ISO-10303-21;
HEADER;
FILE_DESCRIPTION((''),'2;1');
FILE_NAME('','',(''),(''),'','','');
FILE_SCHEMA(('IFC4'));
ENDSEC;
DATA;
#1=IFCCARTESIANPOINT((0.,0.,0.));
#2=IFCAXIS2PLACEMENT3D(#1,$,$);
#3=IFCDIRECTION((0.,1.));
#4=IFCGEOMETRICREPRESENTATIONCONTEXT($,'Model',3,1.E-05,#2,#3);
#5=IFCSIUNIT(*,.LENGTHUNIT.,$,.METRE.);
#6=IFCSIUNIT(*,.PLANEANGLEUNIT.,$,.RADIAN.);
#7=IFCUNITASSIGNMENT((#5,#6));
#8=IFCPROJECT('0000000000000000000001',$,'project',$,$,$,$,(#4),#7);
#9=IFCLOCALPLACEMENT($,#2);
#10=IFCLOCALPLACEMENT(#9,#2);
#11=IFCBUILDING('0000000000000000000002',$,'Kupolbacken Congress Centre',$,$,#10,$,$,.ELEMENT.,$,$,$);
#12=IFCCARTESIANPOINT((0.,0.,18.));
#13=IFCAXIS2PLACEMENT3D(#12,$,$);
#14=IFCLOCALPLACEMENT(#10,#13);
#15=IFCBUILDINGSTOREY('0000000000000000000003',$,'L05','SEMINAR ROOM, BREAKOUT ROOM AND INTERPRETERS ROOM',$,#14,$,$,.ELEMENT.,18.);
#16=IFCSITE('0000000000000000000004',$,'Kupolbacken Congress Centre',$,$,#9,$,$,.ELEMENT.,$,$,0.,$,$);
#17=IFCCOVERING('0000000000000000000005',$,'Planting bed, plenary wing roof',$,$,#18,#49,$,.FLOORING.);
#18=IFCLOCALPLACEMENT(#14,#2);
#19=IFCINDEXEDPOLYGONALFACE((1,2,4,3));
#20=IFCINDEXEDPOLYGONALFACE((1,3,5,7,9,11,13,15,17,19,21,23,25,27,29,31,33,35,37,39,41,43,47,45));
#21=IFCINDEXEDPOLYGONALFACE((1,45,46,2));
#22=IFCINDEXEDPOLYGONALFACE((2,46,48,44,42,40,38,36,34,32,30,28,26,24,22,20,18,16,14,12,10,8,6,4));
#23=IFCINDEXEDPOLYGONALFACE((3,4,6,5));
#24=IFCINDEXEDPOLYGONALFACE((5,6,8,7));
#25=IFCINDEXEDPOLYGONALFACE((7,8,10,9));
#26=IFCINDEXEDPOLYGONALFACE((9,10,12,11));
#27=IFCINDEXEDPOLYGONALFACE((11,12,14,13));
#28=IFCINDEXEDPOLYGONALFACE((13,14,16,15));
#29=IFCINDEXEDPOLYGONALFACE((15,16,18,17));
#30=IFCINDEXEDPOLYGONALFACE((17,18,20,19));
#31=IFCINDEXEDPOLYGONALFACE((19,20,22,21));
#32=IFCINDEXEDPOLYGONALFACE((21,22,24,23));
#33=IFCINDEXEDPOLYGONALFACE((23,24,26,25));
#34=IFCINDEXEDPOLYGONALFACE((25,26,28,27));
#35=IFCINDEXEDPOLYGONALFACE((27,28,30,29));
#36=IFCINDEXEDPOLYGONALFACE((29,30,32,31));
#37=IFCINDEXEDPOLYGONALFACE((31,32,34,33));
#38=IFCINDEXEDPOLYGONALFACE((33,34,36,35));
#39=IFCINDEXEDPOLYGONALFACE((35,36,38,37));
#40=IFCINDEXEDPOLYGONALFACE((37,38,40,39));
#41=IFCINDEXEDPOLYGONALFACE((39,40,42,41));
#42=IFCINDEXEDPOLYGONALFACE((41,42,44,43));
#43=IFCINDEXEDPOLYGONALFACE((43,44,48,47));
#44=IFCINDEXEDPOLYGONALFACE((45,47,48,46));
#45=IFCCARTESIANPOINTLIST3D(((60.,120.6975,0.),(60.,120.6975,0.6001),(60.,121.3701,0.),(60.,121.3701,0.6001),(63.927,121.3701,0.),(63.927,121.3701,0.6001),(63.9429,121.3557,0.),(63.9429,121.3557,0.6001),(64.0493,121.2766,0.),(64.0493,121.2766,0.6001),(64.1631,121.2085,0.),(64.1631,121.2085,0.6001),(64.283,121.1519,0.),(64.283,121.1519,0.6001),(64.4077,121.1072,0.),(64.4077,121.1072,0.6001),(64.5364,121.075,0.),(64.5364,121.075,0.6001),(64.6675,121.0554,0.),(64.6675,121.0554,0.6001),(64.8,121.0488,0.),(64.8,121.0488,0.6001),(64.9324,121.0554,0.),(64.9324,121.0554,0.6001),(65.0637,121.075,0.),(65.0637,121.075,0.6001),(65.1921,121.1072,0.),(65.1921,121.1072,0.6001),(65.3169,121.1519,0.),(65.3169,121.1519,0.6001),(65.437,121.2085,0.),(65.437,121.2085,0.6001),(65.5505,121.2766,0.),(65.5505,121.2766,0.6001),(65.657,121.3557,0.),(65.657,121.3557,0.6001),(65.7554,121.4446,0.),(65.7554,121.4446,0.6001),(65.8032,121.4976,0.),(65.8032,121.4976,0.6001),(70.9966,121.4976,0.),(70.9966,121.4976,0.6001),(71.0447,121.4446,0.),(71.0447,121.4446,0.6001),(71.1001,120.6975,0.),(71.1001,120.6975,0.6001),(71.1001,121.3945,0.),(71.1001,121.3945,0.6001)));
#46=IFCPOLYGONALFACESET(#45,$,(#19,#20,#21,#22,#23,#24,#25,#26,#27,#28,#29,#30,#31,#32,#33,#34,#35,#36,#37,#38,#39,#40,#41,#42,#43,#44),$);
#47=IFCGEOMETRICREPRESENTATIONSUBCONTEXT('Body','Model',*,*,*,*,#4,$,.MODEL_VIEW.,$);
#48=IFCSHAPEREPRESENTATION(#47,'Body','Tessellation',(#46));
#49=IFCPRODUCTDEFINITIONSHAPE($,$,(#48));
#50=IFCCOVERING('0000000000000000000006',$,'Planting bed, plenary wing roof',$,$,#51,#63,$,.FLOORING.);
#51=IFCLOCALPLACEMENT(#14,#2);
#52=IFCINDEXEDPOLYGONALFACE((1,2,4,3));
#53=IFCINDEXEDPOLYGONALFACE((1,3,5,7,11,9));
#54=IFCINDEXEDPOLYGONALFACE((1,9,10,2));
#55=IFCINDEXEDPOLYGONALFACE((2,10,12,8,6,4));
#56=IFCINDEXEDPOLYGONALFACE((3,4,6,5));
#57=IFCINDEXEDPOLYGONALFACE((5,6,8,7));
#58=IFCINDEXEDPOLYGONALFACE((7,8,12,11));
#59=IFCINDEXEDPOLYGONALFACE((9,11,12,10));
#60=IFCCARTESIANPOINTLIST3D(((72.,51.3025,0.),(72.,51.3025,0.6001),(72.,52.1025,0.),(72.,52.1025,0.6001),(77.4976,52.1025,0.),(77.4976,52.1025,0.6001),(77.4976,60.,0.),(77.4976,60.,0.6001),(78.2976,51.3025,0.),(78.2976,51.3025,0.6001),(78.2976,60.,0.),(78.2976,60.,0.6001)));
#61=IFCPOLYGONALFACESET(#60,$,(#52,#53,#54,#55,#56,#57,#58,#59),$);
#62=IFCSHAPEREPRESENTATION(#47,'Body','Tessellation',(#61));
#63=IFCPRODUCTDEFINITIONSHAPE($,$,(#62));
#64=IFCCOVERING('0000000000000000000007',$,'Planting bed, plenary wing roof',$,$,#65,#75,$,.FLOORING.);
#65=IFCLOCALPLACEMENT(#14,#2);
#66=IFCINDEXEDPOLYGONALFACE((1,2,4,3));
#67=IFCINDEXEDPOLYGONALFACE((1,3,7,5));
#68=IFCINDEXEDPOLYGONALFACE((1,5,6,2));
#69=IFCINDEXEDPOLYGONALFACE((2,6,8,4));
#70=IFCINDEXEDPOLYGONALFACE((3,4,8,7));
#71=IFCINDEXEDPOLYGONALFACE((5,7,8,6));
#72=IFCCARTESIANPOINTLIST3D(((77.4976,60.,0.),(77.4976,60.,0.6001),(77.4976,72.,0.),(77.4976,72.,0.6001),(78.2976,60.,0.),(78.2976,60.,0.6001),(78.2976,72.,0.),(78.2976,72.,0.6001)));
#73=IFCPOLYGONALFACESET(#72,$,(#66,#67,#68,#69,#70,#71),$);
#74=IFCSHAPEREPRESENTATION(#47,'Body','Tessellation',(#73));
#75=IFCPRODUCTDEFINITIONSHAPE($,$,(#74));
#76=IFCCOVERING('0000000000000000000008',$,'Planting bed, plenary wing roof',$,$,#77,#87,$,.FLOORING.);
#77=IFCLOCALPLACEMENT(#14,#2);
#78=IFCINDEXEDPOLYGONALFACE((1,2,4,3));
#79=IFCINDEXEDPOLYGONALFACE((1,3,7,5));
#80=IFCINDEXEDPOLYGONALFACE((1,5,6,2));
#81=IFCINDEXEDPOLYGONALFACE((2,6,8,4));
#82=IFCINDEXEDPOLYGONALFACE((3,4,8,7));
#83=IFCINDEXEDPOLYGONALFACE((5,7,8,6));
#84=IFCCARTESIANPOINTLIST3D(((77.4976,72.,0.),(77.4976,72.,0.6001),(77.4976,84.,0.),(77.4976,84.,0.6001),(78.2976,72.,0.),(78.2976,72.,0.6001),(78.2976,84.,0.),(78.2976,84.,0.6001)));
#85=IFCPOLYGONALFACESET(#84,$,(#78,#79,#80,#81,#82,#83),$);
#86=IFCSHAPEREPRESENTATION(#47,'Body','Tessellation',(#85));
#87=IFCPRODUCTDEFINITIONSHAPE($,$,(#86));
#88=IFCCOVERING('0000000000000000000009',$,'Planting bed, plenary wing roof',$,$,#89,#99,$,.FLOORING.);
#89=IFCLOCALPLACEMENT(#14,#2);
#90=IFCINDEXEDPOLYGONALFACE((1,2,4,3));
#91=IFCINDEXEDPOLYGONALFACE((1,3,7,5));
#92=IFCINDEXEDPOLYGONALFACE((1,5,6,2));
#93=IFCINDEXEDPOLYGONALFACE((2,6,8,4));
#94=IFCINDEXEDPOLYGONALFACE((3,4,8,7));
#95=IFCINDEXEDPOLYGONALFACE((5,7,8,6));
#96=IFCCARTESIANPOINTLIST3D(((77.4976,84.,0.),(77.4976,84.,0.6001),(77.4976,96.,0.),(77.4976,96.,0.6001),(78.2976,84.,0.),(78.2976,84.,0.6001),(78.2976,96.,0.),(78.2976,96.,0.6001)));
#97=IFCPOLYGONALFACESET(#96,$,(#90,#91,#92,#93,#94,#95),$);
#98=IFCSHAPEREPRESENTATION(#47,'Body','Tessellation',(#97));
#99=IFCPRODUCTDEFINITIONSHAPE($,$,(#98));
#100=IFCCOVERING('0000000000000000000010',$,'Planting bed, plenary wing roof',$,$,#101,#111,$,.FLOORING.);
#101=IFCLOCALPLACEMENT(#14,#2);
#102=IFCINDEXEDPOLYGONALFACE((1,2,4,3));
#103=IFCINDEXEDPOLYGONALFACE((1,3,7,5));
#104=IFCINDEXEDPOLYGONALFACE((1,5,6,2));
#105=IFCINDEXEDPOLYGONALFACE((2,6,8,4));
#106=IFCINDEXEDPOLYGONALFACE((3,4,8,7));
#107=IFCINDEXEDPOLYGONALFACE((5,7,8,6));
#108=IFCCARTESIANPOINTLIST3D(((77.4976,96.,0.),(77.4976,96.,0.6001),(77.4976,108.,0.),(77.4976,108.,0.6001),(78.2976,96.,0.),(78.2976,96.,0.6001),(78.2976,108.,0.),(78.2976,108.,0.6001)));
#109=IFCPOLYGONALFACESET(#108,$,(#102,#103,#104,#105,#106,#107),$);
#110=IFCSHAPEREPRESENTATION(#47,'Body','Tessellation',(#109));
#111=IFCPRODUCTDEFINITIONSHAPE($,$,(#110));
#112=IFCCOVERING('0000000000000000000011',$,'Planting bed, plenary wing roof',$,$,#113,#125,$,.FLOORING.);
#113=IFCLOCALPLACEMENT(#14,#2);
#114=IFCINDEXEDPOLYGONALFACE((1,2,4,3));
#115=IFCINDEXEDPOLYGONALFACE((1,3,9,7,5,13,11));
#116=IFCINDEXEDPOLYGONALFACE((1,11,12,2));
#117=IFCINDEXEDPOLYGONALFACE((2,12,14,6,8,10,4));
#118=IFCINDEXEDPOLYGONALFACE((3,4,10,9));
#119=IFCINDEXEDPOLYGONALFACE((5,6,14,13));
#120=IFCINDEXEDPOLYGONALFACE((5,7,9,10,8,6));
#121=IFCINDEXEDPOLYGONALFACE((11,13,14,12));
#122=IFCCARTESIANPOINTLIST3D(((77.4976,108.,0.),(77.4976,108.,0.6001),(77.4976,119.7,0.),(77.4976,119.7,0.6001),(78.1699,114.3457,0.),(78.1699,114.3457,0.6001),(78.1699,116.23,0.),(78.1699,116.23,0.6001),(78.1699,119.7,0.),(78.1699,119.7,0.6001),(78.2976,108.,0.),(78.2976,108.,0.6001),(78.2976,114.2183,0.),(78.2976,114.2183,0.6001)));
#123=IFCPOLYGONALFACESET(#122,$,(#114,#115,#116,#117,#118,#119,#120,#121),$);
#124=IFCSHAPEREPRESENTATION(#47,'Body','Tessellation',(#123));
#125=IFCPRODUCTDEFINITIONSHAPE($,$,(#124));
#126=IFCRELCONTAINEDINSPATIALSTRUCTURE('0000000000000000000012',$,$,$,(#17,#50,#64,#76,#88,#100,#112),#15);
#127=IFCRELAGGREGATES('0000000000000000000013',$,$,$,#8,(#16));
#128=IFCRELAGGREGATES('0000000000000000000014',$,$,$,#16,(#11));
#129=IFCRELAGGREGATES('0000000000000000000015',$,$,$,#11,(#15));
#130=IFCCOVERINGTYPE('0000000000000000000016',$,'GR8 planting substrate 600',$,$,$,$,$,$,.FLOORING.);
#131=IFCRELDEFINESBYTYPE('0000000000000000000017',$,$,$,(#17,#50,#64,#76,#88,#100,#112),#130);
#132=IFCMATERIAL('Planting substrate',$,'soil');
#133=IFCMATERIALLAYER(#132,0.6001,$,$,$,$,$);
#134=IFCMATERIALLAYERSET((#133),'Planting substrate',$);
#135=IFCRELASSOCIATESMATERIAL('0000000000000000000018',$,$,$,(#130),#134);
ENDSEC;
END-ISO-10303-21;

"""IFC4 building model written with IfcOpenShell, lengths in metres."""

from ifc_helpers import new_model, si_unit, direction, frame, origin, place, context, subcontext, project, spatial, polyline, outline, extrude, material, layer, layer_set, type_object, element, save


model = new_model("IFC4")

# Units and contexts
model_context = context("Model", 3, precision=1e-05, world=origin(), true_north=direction((0.0, 1.0)))
body_context = subcontext(model_context, "Body", "Model", "MODEL_VIEW")
ifc_project = project(units=[si_unit("LENGTHUNIT", "METRE"), si_unit("PLANEANGLEUNIT", "RADIAN")], contexts=[model_context])

# Site, building, storey
site_placement = place(None, origin())
site = spatial("IfcSite", under=ifc_project, at=site_placement, Name="Kupolbacken Congress Centre", CompositionType="ELEMENT", RefElevation=0.0)
building_placement = place(site_placement, origin())
building = spatial("IfcBuilding", under=site, at=building_placement, Name="Kupolbacken Congress Centre", CompositionType="ELEMENT")
storey_placement = place(building_placement, frame((0.0, 0.0, 18.0)))
storey = spatial("IfcBuildingStorey", under=building, at=storey_placement, Name="L05", Description="SEMINAR ROOM, BREAKOUT ROOM AND INTERPRETERS ROOM", CompositionType="ELEMENT", Elevation=18.0)

# Coverings
ifc_material_1 = material(Name="Planting substrate", Category="soil")
ifc_layer_1 = layer(ifc_material_1, 0.6001)
ifc_layer_set_1 = layer_set([ifc_layer_1], Name="Planting substrate")
covering_type_1 = type_object("IfcCoveringType", Name="GR8 planting substrate 600", PredefinedType="FLOORING", material=ifc_layer_set_1)
covering_1_placement = place(storey_placement, origin())
element("IfcCovering", 1, at=covering_1_placement, inside=storey, type_object=covering_type_1, Name="Planting bed, plenary wing roof", PredefinedType="FLOORING", context=body_context, shape_type="SweptSolid", body=[
    extrude(outline(polyline([(63.927, 121.3701), (63.9429, 121.3557), (64.0493, 121.2766), (64.1631, 121.2085), (64.283, 121.1519), (64.4077, 121.1072), (64.5364, 121.075), (64.6675, 121.0554), (64.8, 121.0488), (64.9324, 121.0554), (65.0637, 121.075), (65.1921, 121.1072), (65.3169, 121.1519), (65.437, 121.2085), (65.5505, 121.2766), (65.657, 121.3557), (65.7554, 121.4446), (65.8032, 121.4976), (70.9966, 121.4976), (71.0447, 121.4446), (71.1001, 121.3945), (71.1001, 120.6975), (60.0, 120.6975), (60.0, 121.3701), (63.927, 121.3701)])), origin(), (0.0, 0.0, 1.0), 0.6001),
])
covering_2_placement = place(storey_placement, origin())
element("IfcCovering", 2, at=covering_2_placement, inside=storey, type_object=covering_type_1, Name="Planting bed, plenary wing roof", PredefinedType="FLOORING", context=body_context, shape_type="SweptSolid", body=[
    extrude(outline(polyline([(77.4976, 52.1025), (77.4976, 60.0), (78.2976, 60.0), (78.2976, 51.3025), (72.0, 51.3025), (72.0, 52.1025), (77.4976, 52.1025)])), origin(), (0.0, 0.0, 1.0), 0.6001),
])
covering_3_placement = place(storey_placement, origin())
element("IfcCovering", 3, at=covering_3_placement, inside=storey, type_object=covering_type_1, Name="Planting bed, plenary wing roof", PredefinedType="FLOORING", context=body_context, shape_type="SweptSolid", body=[
    extrude(outline(polyline([(77.4976, 72.0), (78.2976, 72.0), (78.2976, 60.0), (77.4976, 60.0), (77.4976, 72.0)])), origin(), (0.0, 0.0, 1.0), 0.6001),
])
covering_4_placement = place(storey_placement, origin())
element("IfcCovering", 4, at=covering_4_placement, inside=storey, type_object=covering_type_1, Name="Planting bed, plenary wing roof", PredefinedType="FLOORING", context=body_context, shape_type="SweptSolid", body=[
    extrude(outline(polyline([(77.4976, 84.0), (78.2976, 84.0), (78.2976, 72.0), (77.4976, 72.0), (77.4976, 84.0)])), origin(), (0.0, 0.0, 1.0), 0.6001),
])
covering_5_placement = place(storey_placement, origin())
element("IfcCovering", 5, at=covering_5_placement, inside=storey, type_object=covering_type_1, Name="Planting bed, plenary wing roof", PredefinedType="FLOORING", context=body_context, shape_type="SweptSolid", body=[
    extrude(outline(polyline([(77.4976, 96.0), (78.2976, 96.0), (78.2976, 84.0), (77.4976, 84.0), (77.4976, 96.0)])), origin(), (0.0, 0.0, 1.0), 0.6001),
])
covering_6_placement = place(storey_placement, origin())
element("IfcCovering", 6, at=covering_6_placement, inside=storey, type_object=covering_type_1, Name="Planting bed, plenary wing roof", PredefinedType="FLOORING", context=body_context, shape_type="SweptSolid", body=[
    extrude(outline(polyline([(77.4976, 108.0), (78.2976, 108.0), (78.2976, 96.0), (77.4976, 96.0), (77.4976, 108.0)])), origin(), (0.0, 0.0, 1.0), 0.6001),
])
covering_7_placement = place(storey_placement, origin())
element("IfcCovering", 7, at=covering_7_placement, inside=storey, type_object=covering_type_1, Name="Planting bed, plenary wing roof", PredefinedType="FLOORING", context=body_context, shape_type="SweptSolid", body=[
    extrude(outline(polyline([(77.4976, 119.7), (78.1699, 119.7), (78.1699, 116.23), (78.1699, 116.23), (78.1699, 114.3457), (78.2976, 114.2183), (78.2976, 108.0), (77.4976, 108.0), (77.4976, 119.7)])), origin(), (0.0, 0.0, 1.0), 0.6001),
])

save(model, "model.ifc")
